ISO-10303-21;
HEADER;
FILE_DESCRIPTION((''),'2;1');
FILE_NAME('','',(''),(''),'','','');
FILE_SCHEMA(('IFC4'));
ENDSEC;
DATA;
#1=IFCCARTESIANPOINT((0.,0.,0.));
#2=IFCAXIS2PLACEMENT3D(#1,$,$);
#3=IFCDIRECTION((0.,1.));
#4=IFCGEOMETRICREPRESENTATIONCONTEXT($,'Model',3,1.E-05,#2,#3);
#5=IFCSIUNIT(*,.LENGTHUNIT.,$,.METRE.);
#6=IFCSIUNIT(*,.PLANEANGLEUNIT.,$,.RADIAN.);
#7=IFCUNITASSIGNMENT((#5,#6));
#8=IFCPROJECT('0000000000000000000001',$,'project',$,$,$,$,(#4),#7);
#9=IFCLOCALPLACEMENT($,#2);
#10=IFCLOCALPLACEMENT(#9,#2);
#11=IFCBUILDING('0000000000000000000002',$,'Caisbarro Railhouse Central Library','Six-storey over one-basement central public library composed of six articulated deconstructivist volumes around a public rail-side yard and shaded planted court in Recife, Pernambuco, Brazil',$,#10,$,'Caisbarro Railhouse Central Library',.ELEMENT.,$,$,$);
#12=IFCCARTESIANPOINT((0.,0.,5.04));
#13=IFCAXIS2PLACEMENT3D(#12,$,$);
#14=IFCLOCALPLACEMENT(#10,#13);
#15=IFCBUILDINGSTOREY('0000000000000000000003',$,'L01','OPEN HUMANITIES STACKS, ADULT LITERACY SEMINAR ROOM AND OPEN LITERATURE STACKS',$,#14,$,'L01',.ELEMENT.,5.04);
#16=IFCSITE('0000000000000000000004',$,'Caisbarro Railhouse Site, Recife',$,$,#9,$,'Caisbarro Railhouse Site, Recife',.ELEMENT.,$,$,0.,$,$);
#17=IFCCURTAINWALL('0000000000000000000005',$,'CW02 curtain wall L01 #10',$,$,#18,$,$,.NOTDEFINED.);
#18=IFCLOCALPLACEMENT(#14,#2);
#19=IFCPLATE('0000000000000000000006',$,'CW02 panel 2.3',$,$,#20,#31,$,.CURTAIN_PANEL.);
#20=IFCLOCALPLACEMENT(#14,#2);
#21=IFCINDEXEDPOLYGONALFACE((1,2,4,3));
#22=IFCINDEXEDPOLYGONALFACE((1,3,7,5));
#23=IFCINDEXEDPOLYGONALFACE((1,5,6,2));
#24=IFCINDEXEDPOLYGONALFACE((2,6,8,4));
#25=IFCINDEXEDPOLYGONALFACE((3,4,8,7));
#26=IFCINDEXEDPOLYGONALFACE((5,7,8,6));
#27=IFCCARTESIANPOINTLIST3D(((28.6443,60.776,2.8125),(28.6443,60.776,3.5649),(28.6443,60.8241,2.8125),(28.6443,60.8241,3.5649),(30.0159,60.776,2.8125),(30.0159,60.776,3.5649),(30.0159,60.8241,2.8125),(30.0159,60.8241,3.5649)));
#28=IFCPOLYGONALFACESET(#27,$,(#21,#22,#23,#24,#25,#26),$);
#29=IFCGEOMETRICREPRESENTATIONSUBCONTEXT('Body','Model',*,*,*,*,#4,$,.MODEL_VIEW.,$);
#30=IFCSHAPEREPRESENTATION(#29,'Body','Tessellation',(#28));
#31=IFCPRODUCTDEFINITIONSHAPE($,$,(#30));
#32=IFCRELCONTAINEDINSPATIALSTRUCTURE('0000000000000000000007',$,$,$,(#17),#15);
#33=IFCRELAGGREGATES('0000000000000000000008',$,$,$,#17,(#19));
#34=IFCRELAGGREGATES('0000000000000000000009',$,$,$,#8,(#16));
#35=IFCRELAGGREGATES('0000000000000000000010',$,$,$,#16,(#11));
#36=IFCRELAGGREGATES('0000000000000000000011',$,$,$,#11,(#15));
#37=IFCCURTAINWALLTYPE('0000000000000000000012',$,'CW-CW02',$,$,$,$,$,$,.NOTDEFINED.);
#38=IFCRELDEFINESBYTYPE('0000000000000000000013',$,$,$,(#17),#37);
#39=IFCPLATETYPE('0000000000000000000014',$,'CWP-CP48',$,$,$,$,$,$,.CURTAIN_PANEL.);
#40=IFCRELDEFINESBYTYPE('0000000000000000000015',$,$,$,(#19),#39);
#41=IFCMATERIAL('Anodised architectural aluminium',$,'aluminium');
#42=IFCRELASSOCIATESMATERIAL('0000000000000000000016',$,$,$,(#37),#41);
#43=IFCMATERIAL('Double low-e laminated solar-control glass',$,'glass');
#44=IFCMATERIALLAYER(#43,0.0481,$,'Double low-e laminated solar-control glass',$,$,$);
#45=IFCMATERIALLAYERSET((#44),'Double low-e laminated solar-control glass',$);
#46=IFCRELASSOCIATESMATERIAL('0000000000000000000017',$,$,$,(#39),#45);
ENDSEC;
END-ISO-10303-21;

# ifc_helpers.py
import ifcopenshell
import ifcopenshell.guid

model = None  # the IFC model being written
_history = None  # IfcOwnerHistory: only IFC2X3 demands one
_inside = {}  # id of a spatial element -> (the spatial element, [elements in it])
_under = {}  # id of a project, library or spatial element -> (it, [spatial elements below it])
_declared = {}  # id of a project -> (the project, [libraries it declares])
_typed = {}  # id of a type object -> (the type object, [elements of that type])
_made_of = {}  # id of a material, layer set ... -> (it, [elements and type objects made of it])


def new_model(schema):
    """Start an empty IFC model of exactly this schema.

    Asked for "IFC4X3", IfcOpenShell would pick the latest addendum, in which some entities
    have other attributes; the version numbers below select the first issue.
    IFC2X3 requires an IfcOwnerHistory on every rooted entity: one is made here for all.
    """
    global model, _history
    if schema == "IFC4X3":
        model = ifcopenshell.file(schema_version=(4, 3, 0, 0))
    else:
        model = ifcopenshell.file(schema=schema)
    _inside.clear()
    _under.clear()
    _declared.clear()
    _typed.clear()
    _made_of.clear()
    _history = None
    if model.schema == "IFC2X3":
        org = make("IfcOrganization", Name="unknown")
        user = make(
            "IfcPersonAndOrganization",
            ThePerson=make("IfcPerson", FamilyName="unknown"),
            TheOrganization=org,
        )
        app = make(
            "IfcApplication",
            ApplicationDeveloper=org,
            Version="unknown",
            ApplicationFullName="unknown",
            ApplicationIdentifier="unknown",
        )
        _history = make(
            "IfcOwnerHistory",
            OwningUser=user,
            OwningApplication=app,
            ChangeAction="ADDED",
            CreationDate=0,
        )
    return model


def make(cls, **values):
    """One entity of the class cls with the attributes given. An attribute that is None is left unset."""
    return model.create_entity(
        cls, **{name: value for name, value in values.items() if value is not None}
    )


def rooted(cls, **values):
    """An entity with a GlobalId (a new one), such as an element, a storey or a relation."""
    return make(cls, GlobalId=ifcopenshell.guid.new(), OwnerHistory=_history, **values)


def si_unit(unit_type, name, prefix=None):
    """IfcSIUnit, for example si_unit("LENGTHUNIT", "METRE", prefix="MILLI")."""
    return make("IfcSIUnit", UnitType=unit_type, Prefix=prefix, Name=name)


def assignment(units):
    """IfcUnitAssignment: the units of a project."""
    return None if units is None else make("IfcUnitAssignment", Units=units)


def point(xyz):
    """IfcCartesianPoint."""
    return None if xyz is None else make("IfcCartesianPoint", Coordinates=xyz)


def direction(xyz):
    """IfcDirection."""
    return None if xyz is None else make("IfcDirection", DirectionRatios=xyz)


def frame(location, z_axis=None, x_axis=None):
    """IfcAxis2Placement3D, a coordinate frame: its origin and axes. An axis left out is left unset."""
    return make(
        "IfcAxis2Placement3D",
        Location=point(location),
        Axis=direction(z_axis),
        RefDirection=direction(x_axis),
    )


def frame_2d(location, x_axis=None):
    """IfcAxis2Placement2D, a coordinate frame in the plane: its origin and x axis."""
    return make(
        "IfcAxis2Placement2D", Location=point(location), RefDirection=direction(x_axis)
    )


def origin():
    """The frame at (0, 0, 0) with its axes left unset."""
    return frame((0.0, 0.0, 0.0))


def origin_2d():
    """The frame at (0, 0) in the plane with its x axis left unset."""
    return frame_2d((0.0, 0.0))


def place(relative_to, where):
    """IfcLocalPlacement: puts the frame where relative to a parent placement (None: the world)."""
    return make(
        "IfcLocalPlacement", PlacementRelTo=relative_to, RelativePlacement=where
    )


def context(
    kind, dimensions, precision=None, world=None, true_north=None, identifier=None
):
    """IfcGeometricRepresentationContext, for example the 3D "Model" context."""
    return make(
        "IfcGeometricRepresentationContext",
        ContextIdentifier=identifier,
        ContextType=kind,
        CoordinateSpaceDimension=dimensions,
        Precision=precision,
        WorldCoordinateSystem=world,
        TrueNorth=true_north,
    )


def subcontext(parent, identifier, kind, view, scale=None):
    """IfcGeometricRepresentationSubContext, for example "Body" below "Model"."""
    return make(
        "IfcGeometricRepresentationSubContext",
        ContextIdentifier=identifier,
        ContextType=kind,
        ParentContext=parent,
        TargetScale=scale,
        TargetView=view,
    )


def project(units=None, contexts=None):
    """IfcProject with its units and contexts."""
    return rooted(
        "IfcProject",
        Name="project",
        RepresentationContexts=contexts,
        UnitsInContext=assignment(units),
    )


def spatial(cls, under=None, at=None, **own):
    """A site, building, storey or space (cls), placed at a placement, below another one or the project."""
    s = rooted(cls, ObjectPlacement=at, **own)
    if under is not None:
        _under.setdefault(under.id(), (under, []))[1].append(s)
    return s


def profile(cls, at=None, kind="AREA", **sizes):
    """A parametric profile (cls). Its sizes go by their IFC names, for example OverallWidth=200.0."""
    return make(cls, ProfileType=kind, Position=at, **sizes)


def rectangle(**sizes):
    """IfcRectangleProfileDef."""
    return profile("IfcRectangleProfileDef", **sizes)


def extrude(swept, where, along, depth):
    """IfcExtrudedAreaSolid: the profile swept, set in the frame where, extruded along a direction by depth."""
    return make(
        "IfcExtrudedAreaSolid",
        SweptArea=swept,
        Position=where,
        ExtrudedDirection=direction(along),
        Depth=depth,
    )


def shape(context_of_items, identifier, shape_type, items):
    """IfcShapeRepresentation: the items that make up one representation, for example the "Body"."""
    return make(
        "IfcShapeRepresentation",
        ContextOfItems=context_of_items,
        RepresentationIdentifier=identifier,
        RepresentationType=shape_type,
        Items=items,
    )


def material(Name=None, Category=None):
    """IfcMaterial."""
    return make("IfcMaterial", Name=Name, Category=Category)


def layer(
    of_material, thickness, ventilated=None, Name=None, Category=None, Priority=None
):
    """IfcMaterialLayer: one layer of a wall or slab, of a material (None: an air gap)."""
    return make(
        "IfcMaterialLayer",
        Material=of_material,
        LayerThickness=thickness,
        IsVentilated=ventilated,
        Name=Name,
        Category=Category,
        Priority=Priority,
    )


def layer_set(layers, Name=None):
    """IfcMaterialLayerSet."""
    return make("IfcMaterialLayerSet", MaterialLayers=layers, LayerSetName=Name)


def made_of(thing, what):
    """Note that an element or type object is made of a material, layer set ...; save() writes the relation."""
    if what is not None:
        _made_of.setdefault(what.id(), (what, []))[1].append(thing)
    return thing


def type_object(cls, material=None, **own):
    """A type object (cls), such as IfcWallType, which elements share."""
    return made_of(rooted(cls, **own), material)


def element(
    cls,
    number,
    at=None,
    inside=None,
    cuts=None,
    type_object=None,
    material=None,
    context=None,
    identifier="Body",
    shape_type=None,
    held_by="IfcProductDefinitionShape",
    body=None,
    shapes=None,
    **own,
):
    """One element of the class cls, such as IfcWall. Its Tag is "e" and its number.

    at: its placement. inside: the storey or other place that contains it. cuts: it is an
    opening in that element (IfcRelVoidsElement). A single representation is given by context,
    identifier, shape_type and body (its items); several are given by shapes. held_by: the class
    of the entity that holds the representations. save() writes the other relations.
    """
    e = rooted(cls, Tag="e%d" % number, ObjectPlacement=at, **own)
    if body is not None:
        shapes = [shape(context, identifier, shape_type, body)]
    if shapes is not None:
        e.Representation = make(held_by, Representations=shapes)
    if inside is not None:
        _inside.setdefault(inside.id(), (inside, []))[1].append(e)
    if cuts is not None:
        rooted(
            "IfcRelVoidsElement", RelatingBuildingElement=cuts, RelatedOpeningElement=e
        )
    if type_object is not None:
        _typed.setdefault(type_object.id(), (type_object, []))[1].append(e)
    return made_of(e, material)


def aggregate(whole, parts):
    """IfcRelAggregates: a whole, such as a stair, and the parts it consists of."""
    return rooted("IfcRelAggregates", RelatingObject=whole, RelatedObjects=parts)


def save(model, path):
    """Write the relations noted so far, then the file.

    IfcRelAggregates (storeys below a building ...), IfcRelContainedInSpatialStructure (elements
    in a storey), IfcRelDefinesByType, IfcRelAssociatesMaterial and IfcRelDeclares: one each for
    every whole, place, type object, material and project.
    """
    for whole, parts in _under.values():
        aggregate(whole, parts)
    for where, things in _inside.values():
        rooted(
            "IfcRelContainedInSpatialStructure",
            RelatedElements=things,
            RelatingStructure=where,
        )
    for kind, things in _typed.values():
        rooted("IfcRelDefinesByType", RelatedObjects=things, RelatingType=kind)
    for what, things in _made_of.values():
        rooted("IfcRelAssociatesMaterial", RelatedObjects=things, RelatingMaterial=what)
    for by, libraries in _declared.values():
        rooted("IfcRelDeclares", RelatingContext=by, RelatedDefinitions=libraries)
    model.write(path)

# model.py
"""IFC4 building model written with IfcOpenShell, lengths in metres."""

from ifc_helpers import new_model, si_unit, direction, frame, origin, origin_2d, place, context, subcontext, project, spatial, rectangle, extrude, material, layer, layer_set, type_object, element, aggregate, save


model = new_model("IFC4")

# Units and contexts
model_context = context("Model", 3, precision=1e-05, world=origin(), true_north=direction((0.0, 1.0)))
body_context = subcontext(model_context, "Body", "Model", "MODEL_VIEW")
ifc_project = project(units=[si_unit("LENGTHUNIT", "METRE"), si_unit("PLANEANGLEUNIT", "RADIAN")], contexts=[model_context])

# Site, building, storey
site_placement = place(None, origin())
site = spatial("IfcSite", under=ifc_project, at=site_placement, Name="Caisbarro Railhouse Site, Recife", LongName="Caisbarro Railhouse Site, Recife", CompositionType="ELEMENT", RefElevation=0.0)
building_placement = place(site_placement, origin())
building = spatial("IfcBuilding", under=site, at=building_placement, Name="Caisbarro Railhouse Central Library", Description="Six-storey over one-basement central public library composed of six articulated deconstructivist volumes around a public rail-side yard and shaded planted court in Recife, Pernambuco, Brazil", LongName="Caisbarro Railhouse Central Library", CompositionType="ELEMENT")
storey_placement = place(building_placement, frame((0.0, 0.0, 5.04)))
storey = spatial("IfcBuildingStorey", under=building, at=storey_placement, Name="L01", Description="OPEN HUMANITIES STACKS, ADULT LITERACY SEMINAR ROOM AND OPEN LITERATURE STACKS", LongName="L01", CompositionType="ELEMENT", Elevation=5.04)

# Curtain wall
ifc_material_1 = material(Name="Anodised architectural aluminium", Category="aluminium")
curtain_wall_type = type_object("IfcCurtainWallType", Name="CW-CW02", PredefinedType="NOTDEFINED", material=ifc_material_1)
curtain_wall_1_placement = place(storey_placement, origin())
curtain_wall_1 = element("IfcCurtainWall", 1, at=curtain_wall_1_placement, inside=storey, type_object=curtain_wall_type, Name="CW02 curtain wall L01 #10", PredefinedType="NOTDEFINED")

# Plate
ifc_material_2 = material(Name="Double low-e laminated solar-control glass", Category="glass")
ifc_layer_1 = layer(ifc_material_2, 0.0481, Name="Double low-e laminated solar-control glass")
ifc_layer_set_1 = layer_set([ifc_layer_1], Name="Double low-e laminated solar-control glass")
plate_type_1 = type_object("IfcPlateType", Name="CWP-CP48", PredefinedType="CURTAIN_PANEL", material=ifc_layer_set_1)
plate_1_placement = place(storey_placement, frame((29.3301, 60.8, 2.8125), z_axis=(0.0, 0.0, 1.0), x_axis=(1.0, 0.0, 0.0)))
plate_1 = element("IfcPlate", 2, at=plate_1_placement, type_object=plate_type_1, Name="CW02 panel 2.3", PredefinedType="CURTAIN_PANEL", context=body_context, shape_type="SweptSolid", body=[
    extrude(rectangle(XDim=1.3716, YDim=0.0481, at=origin_2d()), origin(), (0.0, 0.0, 1.0), 0.7524),
])
aggregate(curtain_wall_1, [plate_1])

save(model, "model.ifc")
